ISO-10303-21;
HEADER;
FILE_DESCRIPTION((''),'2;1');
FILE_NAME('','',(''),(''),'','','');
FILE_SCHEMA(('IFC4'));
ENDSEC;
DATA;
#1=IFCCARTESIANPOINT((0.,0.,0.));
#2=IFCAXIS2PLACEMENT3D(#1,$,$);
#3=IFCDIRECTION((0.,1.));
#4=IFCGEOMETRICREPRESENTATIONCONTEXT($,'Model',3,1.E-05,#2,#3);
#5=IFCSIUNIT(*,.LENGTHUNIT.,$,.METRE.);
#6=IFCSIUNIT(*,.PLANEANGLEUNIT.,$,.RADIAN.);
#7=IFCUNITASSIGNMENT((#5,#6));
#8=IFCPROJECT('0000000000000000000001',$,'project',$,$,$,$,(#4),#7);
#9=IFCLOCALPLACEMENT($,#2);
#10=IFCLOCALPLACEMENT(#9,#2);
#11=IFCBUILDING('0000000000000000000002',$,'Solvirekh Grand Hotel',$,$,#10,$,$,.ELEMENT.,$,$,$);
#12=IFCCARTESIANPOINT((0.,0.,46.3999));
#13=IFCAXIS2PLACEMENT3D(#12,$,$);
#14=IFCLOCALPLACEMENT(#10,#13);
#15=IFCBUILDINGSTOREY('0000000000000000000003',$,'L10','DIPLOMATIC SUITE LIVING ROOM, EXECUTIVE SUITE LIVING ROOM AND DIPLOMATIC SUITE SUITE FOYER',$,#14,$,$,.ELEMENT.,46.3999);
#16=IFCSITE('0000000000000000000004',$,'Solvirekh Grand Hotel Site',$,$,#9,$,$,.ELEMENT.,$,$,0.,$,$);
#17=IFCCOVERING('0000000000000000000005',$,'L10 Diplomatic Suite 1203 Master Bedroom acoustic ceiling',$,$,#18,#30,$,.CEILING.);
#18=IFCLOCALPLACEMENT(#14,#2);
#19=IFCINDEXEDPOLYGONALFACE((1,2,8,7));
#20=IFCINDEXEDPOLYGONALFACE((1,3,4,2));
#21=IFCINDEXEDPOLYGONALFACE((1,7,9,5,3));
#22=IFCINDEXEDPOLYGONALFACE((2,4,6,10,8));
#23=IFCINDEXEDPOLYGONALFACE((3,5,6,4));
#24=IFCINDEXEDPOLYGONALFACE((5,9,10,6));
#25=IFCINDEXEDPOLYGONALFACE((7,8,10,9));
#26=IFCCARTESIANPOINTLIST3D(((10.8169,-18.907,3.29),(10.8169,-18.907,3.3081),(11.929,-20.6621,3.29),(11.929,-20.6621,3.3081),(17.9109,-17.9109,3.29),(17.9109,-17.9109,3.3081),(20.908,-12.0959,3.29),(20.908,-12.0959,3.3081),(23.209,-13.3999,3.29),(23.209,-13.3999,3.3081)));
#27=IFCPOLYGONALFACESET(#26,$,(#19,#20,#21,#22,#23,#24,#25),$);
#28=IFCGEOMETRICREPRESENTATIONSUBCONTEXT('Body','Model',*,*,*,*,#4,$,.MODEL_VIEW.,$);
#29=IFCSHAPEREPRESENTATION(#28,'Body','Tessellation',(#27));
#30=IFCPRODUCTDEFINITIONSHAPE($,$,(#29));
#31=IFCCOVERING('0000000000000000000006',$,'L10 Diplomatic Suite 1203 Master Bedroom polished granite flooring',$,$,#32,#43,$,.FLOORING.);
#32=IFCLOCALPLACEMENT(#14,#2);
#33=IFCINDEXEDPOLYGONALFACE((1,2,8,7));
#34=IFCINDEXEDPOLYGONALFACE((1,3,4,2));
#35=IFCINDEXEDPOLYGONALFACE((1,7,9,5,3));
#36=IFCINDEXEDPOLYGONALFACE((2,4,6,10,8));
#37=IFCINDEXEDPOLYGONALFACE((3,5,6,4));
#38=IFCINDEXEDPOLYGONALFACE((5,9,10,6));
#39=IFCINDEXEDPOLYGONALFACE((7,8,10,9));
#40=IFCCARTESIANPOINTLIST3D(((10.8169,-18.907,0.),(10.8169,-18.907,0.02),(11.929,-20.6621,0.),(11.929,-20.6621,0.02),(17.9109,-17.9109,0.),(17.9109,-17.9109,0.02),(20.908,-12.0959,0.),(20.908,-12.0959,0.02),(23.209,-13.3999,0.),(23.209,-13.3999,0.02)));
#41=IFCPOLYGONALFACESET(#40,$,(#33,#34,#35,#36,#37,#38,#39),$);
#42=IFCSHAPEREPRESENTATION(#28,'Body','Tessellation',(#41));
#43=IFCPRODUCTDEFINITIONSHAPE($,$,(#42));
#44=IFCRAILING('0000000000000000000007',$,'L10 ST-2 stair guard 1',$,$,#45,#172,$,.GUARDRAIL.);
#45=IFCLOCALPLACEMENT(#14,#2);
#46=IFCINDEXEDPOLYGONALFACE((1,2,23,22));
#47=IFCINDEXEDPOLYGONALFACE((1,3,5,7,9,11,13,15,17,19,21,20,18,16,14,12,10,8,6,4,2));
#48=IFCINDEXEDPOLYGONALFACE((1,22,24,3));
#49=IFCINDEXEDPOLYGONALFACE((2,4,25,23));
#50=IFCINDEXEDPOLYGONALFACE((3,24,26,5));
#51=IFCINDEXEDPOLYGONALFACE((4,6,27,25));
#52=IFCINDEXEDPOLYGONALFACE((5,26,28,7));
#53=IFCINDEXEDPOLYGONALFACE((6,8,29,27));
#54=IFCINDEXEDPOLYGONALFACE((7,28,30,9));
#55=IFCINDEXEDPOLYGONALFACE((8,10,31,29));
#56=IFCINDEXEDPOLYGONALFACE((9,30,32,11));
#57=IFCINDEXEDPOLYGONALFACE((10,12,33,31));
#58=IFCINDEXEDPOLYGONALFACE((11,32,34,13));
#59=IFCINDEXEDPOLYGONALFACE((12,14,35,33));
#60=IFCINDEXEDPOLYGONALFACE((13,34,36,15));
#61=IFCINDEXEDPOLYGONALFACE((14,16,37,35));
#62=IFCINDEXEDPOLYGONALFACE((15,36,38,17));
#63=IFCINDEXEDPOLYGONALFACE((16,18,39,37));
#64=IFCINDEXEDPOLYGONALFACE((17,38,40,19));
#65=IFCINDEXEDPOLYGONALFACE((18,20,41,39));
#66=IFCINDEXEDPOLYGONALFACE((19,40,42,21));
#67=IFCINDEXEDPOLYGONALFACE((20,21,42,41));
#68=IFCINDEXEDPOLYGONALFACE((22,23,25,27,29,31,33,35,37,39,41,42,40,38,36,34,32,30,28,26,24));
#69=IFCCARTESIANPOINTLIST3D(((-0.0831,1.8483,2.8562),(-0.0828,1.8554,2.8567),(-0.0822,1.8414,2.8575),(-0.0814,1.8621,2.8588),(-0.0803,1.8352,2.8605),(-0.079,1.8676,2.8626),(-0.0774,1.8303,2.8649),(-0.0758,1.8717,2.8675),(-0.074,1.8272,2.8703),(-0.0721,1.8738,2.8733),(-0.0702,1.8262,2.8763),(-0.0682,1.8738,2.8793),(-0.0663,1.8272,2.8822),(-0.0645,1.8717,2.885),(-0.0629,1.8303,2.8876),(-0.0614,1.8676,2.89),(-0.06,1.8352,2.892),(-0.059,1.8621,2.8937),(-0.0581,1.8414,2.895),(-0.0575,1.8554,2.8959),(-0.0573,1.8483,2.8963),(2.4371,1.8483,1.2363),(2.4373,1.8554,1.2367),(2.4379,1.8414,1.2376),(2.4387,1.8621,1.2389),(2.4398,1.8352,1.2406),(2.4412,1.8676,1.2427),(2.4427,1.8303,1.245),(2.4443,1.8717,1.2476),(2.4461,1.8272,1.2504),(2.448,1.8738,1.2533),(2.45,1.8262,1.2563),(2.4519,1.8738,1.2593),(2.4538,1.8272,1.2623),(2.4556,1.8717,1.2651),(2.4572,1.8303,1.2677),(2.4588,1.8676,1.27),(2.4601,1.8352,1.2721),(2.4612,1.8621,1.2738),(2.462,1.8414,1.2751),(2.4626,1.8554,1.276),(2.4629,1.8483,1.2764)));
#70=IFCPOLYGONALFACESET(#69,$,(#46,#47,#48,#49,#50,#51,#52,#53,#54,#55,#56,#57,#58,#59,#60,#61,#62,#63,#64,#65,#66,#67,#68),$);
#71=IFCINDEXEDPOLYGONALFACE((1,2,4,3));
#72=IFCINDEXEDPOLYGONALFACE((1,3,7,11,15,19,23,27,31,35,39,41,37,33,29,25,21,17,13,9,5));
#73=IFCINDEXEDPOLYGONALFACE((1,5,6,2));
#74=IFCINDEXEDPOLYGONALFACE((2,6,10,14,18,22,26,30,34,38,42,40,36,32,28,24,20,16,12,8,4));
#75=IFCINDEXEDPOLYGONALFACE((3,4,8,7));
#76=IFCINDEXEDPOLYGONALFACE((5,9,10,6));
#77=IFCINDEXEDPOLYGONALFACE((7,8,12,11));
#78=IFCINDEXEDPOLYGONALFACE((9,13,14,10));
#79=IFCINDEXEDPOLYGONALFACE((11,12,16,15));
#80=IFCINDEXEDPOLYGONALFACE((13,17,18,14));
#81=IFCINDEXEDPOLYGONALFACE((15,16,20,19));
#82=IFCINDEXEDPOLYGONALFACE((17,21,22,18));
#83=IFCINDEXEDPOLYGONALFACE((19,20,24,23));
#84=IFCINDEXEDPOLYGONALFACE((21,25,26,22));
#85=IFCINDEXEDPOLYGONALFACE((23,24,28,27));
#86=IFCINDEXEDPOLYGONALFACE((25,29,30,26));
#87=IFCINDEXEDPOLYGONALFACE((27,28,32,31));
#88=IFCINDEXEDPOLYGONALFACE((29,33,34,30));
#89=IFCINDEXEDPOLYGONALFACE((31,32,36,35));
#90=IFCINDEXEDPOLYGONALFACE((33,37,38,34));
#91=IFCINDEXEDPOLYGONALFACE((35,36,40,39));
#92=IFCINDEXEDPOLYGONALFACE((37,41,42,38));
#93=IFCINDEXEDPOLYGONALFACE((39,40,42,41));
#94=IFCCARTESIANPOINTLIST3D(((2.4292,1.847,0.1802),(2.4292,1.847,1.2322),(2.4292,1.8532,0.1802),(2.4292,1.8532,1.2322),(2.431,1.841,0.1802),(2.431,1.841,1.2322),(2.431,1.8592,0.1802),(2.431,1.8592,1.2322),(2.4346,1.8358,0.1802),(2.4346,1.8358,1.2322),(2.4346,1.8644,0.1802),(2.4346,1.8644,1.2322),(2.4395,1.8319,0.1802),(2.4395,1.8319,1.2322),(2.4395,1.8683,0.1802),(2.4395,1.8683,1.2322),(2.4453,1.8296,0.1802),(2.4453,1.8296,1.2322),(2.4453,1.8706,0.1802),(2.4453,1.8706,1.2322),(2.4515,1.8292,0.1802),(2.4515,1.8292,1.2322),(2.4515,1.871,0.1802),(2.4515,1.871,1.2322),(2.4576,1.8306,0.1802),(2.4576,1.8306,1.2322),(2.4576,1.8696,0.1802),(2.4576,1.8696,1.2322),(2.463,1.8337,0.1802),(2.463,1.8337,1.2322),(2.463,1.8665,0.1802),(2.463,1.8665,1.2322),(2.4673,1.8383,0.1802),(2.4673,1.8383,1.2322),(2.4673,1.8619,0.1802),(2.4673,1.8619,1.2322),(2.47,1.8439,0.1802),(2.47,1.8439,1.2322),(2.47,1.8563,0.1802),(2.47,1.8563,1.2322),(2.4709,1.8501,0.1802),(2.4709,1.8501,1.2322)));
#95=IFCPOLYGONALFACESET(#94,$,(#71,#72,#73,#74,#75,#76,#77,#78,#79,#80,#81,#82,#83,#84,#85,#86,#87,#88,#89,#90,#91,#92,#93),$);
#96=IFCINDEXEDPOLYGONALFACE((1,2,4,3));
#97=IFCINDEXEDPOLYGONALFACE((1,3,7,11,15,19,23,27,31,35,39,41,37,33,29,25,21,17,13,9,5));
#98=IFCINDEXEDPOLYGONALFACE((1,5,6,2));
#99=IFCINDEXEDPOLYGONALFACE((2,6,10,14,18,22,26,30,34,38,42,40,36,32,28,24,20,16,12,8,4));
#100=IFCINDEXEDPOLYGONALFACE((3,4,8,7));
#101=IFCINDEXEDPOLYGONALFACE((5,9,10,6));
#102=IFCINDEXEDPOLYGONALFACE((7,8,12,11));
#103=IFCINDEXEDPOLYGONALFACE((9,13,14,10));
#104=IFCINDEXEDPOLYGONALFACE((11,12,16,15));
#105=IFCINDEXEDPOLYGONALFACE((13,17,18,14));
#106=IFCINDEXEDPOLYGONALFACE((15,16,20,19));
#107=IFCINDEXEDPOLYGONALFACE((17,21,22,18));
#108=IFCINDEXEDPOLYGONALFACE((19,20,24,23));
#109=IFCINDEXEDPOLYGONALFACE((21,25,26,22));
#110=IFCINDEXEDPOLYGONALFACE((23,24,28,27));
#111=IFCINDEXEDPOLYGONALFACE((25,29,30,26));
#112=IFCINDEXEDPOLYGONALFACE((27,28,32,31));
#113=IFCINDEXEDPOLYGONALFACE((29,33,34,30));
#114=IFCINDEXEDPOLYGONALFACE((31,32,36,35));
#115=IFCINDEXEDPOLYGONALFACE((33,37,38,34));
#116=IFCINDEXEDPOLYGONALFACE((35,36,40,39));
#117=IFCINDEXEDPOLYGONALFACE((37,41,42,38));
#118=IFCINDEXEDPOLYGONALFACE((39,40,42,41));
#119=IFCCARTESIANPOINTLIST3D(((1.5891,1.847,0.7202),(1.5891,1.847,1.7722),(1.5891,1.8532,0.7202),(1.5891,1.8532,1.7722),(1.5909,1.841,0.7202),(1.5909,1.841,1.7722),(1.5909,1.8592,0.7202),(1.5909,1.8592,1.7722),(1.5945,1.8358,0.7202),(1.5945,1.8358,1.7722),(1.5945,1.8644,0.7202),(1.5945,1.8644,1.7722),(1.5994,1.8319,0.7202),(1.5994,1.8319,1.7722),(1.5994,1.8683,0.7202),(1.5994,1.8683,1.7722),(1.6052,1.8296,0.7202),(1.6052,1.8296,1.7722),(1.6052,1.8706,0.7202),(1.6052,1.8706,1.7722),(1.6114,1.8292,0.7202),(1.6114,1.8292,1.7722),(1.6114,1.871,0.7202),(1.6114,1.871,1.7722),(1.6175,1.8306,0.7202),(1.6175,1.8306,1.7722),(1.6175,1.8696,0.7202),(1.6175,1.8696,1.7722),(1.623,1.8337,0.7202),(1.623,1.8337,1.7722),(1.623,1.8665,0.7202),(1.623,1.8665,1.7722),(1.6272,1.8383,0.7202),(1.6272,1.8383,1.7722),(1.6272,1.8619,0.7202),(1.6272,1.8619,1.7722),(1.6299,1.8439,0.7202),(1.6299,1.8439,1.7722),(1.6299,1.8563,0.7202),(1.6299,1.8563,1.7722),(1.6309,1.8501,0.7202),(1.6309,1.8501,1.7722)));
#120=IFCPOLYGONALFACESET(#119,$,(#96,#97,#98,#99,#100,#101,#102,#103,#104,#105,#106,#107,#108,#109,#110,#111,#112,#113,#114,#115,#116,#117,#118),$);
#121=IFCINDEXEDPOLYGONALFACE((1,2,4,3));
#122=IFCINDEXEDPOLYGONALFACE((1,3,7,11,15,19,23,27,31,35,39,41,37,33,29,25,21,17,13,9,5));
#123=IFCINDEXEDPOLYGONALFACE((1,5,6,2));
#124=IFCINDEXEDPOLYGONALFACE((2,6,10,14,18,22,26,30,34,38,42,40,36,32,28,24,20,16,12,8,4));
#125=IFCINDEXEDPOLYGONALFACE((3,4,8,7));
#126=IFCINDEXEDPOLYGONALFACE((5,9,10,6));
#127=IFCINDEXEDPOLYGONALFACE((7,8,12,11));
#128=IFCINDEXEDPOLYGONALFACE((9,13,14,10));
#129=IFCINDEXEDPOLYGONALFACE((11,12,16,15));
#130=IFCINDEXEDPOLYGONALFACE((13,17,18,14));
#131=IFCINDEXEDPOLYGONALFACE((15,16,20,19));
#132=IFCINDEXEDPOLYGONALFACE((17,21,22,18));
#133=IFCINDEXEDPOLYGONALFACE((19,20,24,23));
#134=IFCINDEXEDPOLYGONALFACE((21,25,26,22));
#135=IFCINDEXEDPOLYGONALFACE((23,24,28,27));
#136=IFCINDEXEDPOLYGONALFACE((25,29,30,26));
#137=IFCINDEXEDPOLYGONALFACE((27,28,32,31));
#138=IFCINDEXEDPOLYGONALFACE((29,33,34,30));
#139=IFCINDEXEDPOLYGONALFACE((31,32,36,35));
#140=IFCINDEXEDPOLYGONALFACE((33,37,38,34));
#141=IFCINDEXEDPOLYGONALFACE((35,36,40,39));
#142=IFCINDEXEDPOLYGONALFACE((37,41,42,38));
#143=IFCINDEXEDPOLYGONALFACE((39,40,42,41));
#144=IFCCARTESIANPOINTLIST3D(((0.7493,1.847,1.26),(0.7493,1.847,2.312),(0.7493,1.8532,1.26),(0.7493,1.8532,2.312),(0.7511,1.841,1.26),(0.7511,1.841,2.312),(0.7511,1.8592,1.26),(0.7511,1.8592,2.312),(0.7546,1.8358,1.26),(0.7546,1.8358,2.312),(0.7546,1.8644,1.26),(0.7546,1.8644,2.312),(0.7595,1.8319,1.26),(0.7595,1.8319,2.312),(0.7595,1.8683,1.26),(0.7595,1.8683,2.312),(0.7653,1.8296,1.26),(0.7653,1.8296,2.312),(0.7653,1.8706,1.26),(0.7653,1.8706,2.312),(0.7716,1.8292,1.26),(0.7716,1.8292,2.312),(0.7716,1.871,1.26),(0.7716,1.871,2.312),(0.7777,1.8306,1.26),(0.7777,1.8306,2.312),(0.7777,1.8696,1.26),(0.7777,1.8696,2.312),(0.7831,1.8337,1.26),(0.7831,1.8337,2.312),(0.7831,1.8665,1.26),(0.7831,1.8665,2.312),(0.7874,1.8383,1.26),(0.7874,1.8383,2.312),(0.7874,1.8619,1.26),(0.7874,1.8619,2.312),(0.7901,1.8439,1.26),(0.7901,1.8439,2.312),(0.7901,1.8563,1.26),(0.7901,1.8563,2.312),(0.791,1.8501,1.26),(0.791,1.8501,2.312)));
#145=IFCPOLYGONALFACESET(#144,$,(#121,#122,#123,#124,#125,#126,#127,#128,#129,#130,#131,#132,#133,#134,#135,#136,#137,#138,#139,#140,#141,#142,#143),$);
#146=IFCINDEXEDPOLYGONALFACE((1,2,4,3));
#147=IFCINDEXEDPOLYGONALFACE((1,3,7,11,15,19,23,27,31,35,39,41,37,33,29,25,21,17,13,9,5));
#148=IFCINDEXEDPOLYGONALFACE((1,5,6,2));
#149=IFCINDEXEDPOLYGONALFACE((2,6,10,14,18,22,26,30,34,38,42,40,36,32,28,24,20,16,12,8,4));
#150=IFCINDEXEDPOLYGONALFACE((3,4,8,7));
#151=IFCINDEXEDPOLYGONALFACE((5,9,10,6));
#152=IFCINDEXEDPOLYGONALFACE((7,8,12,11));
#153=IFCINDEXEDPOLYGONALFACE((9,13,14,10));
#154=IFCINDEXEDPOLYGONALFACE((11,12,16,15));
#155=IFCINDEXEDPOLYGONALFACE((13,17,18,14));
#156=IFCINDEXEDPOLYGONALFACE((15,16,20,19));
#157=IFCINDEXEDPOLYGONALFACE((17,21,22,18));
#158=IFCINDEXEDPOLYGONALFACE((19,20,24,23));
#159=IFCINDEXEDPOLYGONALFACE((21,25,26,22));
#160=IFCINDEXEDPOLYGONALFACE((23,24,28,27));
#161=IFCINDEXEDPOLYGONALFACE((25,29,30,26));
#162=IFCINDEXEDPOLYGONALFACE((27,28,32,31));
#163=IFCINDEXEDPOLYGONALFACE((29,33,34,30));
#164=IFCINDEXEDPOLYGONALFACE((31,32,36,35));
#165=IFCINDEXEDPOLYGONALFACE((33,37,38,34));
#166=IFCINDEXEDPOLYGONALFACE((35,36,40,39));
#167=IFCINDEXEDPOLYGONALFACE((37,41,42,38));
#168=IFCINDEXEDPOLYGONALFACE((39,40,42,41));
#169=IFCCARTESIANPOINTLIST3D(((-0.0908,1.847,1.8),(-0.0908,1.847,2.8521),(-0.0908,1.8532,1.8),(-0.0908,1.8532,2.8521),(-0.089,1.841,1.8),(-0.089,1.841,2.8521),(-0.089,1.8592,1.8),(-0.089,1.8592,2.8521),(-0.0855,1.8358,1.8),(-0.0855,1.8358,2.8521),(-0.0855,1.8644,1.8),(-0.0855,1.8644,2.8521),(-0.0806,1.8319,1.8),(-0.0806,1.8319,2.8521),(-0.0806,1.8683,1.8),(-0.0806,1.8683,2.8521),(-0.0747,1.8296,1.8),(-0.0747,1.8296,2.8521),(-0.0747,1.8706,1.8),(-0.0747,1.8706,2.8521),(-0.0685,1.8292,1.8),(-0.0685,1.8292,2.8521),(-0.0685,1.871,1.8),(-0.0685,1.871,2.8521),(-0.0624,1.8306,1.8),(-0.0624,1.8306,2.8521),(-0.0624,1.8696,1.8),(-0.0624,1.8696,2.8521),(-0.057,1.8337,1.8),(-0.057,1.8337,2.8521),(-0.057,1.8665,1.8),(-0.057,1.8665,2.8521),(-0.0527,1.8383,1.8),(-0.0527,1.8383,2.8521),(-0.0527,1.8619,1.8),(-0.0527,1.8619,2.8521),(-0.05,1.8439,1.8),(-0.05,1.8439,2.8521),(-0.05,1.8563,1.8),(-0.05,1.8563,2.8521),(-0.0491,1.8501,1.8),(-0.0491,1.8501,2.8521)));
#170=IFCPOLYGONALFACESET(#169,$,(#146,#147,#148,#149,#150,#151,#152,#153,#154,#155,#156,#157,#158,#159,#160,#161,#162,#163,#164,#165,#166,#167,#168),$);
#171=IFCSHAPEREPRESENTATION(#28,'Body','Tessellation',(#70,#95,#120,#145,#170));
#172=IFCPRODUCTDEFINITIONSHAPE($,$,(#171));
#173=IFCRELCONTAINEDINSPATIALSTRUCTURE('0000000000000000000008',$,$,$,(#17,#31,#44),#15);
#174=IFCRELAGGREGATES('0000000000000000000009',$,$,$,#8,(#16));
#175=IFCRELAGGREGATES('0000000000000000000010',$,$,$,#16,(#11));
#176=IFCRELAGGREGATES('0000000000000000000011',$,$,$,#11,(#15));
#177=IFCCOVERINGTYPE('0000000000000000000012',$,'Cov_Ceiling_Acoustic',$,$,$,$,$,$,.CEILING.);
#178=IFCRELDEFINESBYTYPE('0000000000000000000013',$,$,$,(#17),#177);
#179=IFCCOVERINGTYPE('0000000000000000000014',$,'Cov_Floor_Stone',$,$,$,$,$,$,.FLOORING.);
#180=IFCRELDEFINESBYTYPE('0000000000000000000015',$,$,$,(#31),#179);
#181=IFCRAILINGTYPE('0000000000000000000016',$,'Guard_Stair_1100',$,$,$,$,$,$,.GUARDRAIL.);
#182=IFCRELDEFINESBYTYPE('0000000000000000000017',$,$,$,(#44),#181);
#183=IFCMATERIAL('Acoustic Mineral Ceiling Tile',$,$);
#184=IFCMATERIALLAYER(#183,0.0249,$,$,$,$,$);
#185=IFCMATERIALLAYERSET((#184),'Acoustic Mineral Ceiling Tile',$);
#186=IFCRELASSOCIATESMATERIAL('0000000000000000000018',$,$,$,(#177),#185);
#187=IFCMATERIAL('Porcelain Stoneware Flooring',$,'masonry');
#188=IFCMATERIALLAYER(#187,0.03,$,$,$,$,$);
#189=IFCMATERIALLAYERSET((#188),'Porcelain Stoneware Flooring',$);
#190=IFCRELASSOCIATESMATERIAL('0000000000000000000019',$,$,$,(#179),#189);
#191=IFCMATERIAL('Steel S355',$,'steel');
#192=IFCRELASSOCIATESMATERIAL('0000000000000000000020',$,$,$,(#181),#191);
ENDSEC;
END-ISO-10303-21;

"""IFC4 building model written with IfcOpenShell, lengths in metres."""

from ifc_helpers import new_model, si_unit, direction, frame, origin, origin_2d, place, context, subcontext, project, spatial, polyline, circle, outline, extrude, material, layer, layer_set, type_object, element, save


model = new_model("IFC4")

# Units and contexts
model_context = context("Model", 3, precision=1e-05, world=origin(), true_north=direction((0.0, 1.0)))
body_context = subcontext(model_context, "Body", "Model", "MODEL_VIEW")
ifc_project = project(units=[si_unit("LENGTHUNIT", "METRE"), si_unit("PLANEANGLEUNIT", "RADIAN")], contexts=[model_context])

# Site, building, storey
site_placement = place(None, origin())
site = spatial("IfcSite", under=ifc_project, at=site_placement, Name="Solvirekh Grand Hotel Site", CompositionType="ELEMENT", RefElevation=0.0)
building_placement = place(site_placement, origin())
building = spatial("IfcBuilding", under=site, at=building_placement, Name="Solvirekh Grand Hotel", CompositionType="ELEMENT")
storey_placement = place(building_placement, frame((0.0, 0.0, 46.3999)))
storey = spatial("IfcBuildingStorey", under=building, at=storey_placement, Name="L10", Description="DIPLOMATIC SUITE LIVING ROOM, EXECUTIVE SUITE LIVING ROOM AND DIPLOMATIC SUITE SUITE FOYER", CompositionType="ELEMENT", Elevation=46.3999)

# Shared definitions
ifc_material_1 = material(Name="Steel S355", Category="steel")

# Coverings
ifc_material_2 = material(Name="Acoustic Mineral Ceiling Tile")
ifc_layer_1 = layer(ifc_material_2, 0.0249)
ifc_layer_set_1 = layer_set([ifc_layer_1], Name="Acoustic Mineral Ceiling Tile")
covering_type_1 = type_object("IfcCoveringType", Name="Cov_Ceiling_Acoustic", PredefinedType="CEILING", material=ifc_layer_set_1)
covering_1_placement = place(storey_placement, frame((0.0, 0.0, 3.29)))
element("IfcCovering", 1, at=covering_1_placement, inside=storey, type_object=covering_type_1, Name="L10 Diplomatic Suite 1203 Master Bedroom acoustic ceiling", PredefinedType="CEILING", context=body_context, shape_type="SweptSolid", body=[
    extrude(outline(polyline([(11.929, -20.6621), (17.9109, -17.9109), (23.209, -13.3999), (20.908, -12.0959), (10.8169, -18.907), (11.929, -20.6621)])), origin(), (0.0, 0.0, 1.0), 0.0181),
])
ifc_material_3 = material(Name="Porcelain Stoneware Flooring", Category="masonry")
ifc_layer_2 = layer(ifc_material_3, 0.03)
ifc_layer_set_2 = layer_set([ifc_layer_2], Name="Porcelain Stoneware Flooring")
covering_type_2 = type_object("IfcCoveringType", Name="Cov_Floor_Stone", PredefinedType="FLOORING", material=ifc_layer_set_2)
covering_2_placement = place(storey_placement, origin())
element("IfcCovering", 2, at=covering_2_placement, inside=storey, type_object=covering_type_2, Name="L10 Diplomatic Suite 1203 Master Bedroom polished granite flooring", PredefinedType="FLOORING", context=body_context, shape_type="SweptSolid", body=[
    extrude(outline(polyline([(11.929, -20.6621), (17.9109, -17.9109), (23.209, -13.3999), (20.908, -12.0959), (10.8169, -18.907), (11.929, -20.6621)])), origin(), (0.0, 0.0, 1.0), 0.02),
])

# Railing
railing_type_1 = type_object("IfcRailingType", Name="Guard_Stair_1100", PredefinedType="GUARDRAIL", material=ifc_material_1)
railing_1_placement = place(storey_placement, frame((2.45, 1.8501, 0.1802)))
element("IfcRailing", 3, at=railing_1_placement, inside=storey, type_object=railing_type_1, Name="L10 ST-2 stair guard 1", PredefinedType="GUARDRAIL", context=body_context, shape_type="SweptSolid", body=[
    extrude(circle(Radius=0.0239, at=origin_2d()), frame((0.0, 0.0, 1.0762), z_axis=(-0.8412, 0.0, 0.540725), x_axis=(0.0, -1.0, 0.0)), (0.0, 0.0, 1.0), 2.9958),
    extrude(circle(Radius=0.021, at=origin_2d()), origin(), (0.0, 0.0, 1.0), 1.052),
    extrude(circle(Radius=0.021, at=origin_2d()), frame((-0.8401, 0.0, 0.54)), (0.0, 0.0, 1.0), 1.052),
    extrude(circle(Radius=0.021, at=origin_2d()), frame((-1.6799, 0.0, 1.0798)), (0.0, 0.0, 1.0), 1.052),
    extrude(circle(Radius=0.021, at=origin_2d()), frame((-2.52, 0.0, 1.6199)), (0.0, 0.0, 1.0), 1.052),
])

save(model, "model.ifc")
